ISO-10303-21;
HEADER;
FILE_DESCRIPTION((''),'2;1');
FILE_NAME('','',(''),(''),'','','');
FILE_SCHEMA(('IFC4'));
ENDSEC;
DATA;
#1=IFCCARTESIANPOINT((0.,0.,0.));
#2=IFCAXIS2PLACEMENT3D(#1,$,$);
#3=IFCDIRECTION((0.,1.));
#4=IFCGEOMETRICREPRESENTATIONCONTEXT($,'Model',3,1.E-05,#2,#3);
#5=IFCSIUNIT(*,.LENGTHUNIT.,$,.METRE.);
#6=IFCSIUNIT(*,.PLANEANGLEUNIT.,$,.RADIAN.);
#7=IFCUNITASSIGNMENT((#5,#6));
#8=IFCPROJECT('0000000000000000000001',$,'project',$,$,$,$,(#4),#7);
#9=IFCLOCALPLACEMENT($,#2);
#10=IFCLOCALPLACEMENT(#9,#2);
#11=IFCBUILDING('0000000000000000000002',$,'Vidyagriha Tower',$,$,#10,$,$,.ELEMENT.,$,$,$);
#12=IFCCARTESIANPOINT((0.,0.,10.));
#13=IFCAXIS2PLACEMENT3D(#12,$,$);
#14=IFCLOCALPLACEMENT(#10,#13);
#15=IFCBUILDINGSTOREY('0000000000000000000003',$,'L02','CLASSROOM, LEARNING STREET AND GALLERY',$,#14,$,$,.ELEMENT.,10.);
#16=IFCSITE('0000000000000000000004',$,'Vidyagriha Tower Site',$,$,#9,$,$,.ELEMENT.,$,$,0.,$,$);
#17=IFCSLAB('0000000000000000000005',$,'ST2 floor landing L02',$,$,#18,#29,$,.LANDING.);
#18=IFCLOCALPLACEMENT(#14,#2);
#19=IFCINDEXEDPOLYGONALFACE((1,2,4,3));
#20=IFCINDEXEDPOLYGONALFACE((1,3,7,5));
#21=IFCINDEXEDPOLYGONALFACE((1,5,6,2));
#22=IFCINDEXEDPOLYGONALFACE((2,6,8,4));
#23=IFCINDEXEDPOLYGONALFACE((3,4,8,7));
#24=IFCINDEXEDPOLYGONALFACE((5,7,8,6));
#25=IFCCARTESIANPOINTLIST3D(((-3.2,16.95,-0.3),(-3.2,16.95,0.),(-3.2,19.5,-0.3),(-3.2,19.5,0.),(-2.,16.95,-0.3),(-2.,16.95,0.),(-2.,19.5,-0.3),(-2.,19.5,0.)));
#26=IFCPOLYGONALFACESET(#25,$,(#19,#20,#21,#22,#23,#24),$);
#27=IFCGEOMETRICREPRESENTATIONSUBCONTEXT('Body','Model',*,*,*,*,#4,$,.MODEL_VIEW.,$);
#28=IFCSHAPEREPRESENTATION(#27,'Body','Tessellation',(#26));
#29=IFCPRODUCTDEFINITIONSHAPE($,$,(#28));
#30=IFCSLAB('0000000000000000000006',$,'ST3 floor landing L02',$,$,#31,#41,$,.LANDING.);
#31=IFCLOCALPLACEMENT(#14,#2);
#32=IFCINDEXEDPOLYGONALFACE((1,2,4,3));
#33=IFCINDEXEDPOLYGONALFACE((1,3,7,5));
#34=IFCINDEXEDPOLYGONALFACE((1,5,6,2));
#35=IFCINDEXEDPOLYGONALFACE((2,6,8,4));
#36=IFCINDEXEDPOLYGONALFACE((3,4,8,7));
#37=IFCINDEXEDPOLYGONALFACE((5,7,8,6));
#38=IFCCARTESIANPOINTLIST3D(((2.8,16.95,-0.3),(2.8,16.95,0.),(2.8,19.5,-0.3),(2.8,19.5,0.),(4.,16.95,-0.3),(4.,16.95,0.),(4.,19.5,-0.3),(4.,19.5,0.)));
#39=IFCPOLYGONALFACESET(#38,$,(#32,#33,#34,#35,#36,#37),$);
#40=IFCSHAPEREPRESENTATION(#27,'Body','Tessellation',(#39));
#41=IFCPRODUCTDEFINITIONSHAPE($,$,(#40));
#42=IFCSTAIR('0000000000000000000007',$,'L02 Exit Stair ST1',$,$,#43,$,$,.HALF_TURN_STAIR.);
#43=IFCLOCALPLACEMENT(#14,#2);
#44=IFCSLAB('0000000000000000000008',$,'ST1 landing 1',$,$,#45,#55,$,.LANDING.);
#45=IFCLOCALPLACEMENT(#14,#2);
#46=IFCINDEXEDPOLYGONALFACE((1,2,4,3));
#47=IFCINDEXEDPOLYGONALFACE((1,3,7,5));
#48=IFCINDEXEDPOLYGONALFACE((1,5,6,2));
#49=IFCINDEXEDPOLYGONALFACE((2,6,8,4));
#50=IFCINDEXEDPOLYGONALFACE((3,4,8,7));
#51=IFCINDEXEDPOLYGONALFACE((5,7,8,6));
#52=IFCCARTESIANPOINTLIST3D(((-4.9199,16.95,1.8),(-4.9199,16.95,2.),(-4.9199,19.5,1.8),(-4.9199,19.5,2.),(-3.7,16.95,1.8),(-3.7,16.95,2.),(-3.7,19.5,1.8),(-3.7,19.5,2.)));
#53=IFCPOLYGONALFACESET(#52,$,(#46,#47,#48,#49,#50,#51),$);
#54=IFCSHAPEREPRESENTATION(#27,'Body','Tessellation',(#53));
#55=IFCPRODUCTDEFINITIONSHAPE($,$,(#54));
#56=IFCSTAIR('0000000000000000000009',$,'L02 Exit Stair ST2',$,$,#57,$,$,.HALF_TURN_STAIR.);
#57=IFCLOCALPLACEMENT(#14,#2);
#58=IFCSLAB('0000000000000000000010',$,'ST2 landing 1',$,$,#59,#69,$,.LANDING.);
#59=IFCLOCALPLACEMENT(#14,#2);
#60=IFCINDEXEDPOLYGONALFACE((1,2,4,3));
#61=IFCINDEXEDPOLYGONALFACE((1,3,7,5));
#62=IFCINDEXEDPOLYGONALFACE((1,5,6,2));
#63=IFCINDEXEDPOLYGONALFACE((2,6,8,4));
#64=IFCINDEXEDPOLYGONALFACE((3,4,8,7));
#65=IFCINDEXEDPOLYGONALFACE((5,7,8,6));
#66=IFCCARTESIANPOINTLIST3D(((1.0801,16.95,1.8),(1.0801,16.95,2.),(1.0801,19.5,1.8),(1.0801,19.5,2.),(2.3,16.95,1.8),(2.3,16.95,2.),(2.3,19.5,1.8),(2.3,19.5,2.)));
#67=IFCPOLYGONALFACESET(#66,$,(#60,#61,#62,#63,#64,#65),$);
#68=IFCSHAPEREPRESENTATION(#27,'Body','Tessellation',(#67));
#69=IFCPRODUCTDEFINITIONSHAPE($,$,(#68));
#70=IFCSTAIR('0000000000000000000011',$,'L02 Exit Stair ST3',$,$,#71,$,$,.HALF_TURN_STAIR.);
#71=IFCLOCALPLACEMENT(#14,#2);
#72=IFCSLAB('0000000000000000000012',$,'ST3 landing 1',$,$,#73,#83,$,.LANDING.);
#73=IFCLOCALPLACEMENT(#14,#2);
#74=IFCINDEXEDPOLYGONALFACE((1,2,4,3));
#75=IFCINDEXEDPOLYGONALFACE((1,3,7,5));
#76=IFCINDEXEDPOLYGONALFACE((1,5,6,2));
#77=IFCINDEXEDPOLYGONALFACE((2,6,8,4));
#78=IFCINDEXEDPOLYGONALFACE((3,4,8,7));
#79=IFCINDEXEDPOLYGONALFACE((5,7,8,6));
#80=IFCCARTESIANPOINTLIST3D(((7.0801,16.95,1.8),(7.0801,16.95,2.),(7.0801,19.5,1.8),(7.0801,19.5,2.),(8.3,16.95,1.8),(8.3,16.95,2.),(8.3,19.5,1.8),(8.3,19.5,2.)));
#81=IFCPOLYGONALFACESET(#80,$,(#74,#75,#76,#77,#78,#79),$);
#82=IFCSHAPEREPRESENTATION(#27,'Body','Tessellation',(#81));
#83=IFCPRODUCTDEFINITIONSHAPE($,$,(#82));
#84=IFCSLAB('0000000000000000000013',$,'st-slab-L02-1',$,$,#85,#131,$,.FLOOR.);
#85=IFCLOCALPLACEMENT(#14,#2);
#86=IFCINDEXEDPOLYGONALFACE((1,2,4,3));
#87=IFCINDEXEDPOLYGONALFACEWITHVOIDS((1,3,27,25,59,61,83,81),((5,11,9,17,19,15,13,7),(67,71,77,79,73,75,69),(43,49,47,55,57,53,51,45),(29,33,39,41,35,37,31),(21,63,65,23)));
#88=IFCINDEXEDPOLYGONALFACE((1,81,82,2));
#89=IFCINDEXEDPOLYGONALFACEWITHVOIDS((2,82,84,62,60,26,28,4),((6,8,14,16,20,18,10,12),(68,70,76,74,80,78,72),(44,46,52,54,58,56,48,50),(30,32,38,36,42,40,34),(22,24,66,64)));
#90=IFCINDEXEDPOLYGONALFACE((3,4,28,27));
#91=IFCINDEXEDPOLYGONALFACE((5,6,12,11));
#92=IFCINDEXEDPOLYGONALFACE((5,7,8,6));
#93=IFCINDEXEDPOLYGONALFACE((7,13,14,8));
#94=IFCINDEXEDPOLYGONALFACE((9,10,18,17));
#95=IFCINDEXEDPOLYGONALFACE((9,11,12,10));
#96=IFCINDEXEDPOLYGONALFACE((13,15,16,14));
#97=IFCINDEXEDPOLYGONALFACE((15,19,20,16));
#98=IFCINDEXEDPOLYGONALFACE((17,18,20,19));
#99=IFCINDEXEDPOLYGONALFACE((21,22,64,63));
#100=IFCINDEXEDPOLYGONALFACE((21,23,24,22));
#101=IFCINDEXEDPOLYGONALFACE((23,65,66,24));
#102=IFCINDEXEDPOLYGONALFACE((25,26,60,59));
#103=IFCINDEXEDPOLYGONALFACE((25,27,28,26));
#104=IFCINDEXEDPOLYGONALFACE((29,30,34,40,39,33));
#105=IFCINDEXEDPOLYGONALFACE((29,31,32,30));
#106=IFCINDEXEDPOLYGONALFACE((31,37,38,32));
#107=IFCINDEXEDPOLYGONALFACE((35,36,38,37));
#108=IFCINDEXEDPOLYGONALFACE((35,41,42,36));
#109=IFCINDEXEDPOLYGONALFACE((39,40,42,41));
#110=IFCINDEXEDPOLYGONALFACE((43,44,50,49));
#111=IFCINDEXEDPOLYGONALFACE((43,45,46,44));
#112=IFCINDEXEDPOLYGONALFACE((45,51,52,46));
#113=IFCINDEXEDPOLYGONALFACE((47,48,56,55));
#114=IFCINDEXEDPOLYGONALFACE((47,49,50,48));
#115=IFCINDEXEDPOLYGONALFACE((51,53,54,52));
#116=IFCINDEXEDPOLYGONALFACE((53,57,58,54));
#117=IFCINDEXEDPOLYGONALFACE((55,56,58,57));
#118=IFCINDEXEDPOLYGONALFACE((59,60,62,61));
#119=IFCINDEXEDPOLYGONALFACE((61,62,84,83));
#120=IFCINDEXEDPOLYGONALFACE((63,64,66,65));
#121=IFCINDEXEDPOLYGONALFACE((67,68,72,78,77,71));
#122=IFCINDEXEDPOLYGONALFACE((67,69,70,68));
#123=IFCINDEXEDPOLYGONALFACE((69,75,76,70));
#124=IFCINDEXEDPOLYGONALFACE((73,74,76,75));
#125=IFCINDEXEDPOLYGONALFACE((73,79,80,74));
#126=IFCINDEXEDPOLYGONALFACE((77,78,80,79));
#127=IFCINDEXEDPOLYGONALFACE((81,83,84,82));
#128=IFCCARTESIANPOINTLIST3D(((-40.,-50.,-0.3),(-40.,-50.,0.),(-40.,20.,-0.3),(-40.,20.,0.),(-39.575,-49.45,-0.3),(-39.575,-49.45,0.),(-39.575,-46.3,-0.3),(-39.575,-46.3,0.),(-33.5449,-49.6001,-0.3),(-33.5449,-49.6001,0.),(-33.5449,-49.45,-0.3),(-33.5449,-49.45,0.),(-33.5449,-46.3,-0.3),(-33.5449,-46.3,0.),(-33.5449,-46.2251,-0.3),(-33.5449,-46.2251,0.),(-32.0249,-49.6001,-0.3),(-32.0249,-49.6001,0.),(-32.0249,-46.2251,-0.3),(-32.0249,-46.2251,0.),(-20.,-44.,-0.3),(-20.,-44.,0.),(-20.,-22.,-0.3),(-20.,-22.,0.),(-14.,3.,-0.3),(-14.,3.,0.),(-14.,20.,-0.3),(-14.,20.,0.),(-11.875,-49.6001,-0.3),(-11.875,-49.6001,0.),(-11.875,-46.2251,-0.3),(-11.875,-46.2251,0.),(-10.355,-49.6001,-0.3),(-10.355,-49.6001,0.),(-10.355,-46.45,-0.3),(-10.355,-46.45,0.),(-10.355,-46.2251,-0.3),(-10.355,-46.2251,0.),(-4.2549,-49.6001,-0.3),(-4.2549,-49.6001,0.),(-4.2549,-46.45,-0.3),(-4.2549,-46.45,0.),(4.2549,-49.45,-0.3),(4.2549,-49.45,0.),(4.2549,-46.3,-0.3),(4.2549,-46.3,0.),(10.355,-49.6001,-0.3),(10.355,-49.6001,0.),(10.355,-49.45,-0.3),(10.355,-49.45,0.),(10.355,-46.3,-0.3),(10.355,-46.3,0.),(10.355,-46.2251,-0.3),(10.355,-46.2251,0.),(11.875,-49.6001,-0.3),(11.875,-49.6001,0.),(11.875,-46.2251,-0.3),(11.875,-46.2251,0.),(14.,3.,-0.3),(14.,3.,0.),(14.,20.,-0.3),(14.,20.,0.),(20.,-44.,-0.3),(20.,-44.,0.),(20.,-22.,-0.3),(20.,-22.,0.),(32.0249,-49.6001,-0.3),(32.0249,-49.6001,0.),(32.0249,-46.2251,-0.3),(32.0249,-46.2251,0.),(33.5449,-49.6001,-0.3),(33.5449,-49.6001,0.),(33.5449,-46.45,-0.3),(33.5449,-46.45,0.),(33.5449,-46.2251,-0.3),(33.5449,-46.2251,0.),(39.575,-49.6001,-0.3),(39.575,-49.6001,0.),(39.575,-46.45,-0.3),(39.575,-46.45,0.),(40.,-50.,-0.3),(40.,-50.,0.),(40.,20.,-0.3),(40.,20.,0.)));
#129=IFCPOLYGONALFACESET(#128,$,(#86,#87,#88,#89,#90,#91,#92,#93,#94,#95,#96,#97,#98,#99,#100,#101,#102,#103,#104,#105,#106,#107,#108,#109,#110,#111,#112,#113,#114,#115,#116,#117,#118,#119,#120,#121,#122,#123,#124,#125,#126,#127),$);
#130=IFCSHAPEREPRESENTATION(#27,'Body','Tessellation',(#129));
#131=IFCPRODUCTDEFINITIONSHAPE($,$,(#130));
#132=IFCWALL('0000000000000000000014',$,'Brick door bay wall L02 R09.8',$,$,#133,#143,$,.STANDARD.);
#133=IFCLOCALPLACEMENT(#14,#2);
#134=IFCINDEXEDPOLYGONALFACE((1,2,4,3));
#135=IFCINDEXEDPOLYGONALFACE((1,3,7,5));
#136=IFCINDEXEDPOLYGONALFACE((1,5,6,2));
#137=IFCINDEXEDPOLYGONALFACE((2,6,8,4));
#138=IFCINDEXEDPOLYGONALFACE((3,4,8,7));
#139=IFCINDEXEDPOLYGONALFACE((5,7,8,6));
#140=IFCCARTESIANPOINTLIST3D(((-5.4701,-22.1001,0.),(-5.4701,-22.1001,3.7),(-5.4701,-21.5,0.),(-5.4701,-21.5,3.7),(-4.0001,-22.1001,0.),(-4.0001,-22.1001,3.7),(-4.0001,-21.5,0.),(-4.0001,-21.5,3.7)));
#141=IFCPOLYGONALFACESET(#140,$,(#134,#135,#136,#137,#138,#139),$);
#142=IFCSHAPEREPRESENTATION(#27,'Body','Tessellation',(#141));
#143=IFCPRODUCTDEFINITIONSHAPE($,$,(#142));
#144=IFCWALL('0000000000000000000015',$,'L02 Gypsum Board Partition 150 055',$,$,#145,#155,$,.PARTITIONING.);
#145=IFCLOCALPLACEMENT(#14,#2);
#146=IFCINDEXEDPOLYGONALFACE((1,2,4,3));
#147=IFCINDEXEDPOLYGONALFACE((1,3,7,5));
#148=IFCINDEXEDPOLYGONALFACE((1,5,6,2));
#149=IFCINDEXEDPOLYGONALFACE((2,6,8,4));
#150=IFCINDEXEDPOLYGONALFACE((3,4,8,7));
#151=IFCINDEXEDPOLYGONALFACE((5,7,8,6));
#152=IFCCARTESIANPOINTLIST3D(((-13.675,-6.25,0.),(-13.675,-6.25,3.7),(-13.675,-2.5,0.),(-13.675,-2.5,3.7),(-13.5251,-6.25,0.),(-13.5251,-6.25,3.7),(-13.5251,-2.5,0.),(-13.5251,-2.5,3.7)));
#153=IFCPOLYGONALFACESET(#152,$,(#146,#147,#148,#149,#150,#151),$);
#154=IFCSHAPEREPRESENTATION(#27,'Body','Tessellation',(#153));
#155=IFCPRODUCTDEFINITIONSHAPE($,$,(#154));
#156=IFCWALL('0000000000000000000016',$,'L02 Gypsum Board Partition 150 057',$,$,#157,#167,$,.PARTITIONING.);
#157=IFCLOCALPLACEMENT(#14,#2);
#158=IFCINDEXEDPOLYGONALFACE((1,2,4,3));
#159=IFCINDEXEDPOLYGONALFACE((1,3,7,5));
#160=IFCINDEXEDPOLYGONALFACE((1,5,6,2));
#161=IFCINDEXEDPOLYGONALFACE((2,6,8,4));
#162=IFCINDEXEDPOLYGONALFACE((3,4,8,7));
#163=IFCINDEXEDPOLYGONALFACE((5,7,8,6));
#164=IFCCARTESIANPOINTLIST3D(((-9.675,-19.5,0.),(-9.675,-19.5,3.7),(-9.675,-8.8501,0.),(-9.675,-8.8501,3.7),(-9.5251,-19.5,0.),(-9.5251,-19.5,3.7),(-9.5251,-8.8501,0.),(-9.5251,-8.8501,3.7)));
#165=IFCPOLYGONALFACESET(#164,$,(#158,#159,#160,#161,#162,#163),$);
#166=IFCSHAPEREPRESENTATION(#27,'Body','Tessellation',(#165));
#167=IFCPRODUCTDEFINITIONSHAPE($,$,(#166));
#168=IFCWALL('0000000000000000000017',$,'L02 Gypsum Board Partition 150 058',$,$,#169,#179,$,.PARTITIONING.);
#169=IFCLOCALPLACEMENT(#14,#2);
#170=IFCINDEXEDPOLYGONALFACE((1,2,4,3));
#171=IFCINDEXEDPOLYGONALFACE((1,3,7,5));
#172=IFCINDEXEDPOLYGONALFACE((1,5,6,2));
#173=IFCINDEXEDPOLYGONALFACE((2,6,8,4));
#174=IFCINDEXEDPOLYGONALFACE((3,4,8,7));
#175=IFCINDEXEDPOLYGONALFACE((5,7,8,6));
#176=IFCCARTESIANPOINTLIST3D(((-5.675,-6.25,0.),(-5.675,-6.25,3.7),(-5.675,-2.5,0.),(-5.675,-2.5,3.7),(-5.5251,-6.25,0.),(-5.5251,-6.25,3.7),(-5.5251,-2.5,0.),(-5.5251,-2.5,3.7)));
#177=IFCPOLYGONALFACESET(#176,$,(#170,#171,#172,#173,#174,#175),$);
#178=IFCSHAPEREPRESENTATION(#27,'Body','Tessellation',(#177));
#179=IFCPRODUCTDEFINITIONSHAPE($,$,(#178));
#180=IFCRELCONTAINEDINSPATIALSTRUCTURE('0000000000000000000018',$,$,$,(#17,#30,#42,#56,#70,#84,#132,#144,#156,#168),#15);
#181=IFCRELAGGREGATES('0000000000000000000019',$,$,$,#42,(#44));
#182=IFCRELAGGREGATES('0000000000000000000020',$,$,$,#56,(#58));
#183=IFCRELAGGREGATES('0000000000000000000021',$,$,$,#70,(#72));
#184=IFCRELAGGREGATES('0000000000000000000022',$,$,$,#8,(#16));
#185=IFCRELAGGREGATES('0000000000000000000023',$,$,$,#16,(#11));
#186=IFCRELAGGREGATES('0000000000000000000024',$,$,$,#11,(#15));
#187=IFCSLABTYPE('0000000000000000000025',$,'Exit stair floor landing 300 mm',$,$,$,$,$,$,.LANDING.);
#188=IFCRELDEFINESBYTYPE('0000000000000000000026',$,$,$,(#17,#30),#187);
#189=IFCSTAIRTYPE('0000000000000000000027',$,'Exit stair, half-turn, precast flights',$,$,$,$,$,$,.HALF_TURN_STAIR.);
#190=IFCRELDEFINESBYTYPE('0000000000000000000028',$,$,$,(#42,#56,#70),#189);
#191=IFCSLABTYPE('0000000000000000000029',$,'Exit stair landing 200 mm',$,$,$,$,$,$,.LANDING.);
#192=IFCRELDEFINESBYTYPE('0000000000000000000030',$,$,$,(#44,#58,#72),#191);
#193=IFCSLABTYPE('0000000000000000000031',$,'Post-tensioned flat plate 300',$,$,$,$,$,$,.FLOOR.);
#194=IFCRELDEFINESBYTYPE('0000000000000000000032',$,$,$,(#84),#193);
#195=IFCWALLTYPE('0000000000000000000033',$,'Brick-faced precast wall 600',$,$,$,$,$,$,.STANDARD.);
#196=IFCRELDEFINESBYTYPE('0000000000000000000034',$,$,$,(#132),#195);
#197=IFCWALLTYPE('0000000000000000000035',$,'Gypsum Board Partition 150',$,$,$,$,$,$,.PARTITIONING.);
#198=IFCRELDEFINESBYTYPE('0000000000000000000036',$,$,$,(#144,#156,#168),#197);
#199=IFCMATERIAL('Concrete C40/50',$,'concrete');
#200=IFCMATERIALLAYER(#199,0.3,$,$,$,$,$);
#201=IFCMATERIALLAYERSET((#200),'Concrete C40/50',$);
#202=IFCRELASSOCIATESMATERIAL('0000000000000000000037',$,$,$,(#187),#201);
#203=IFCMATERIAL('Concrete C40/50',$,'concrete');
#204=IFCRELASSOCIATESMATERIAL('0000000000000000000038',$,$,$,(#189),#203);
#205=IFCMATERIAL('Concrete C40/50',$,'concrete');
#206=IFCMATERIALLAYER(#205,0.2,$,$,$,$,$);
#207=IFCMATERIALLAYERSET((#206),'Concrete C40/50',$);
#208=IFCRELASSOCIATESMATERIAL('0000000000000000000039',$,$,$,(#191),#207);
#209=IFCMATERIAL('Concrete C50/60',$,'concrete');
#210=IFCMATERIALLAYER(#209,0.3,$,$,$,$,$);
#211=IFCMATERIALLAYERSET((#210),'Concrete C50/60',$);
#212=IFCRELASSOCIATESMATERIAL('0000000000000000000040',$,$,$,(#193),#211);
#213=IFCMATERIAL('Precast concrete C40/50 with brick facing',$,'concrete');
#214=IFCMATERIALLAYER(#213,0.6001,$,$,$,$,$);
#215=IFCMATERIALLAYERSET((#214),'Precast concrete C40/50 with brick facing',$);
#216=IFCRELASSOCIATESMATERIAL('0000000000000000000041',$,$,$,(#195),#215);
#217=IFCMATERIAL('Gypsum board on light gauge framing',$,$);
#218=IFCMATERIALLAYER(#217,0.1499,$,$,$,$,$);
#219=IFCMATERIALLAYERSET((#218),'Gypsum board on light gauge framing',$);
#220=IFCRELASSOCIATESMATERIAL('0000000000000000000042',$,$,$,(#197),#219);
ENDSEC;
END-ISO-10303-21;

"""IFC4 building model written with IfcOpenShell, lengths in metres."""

from ifc_helpers import new_model, si_unit, direction, frame, frame_2d, origin, place, context, subcontext, project, spatial, polyline, rectangle, outline, extrude, material, layer, layer_set, type_object, element, aggregate, save


model = new_model("IFC4")

# Units and contexts
model_context = context("Model", 3, precision=1e-05, world=origin(), true_north=direction((0.0, 1.0)))
body_context = subcontext(model_context, "Body", "Model", "MODEL_VIEW")
ifc_project = project(units=[si_unit("LENGTHUNIT", "METRE"), si_unit("PLANEANGLEUNIT", "RADIAN")], contexts=[model_context])

# Site, building, storey
site_placement = place(None, origin())
site = spatial("IfcSite", under=ifc_project, at=site_placement, Name="Vidyagriha Tower Site", CompositionType="ELEMENT", RefElevation=0.0)
building_placement = place(site_placement, origin())
building = spatial("IfcBuilding", under=site, at=building_placement, Name="Vidyagriha Tower", CompositionType="ELEMENT")
storey_placement = place(building_placement, frame((0.0, 0.0, 10.0)))
storey = spatial("IfcBuildingStorey", under=building, at=storey_placement, Name="L02", Description="CLASSROOM, LEARNING STREET AND GALLERY", CompositionType="ELEMENT", Elevation=10.0)

# Slabs
ifc_material_1 = material(Name="Concrete C40/50", Category="concrete")
ifc_layer_1 = layer(ifc_material_1, 0.3)
ifc_layer_set_1 = layer_set([ifc_layer_1], Name="Concrete C40/50")
slab_type_1 = type_object("IfcSlabType", Name="Exit stair floor landing 300 mm", PredefinedType="LANDING", material=ifc_layer_set_1)
slab_1_placement = place(storey_placement, frame((0.0, 0.0, -0.3)))
element("IfcSlab", 1, at=slab_1_placement, inside=storey, type_object=slab_type_1, Name="ST2 floor landing L02", PredefinedType="LANDING", context=body_context, shape_type="SweptSolid", body=[
    extrude(outline(polyline([(-3.2, 16.95), (-2.0, 16.95), (-2.0, 19.5), (-3.2, 19.5), (-3.2, 16.95)])), origin(), (0.0, 0.0, 1.0), 0.3),
])
slab_2_placement = place(storey_placement, frame((0.0, 0.0, -0.3)))
element("IfcSlab", 2, at=slab_2_placement, inside=storey, type_object=slab_type_1, Name="ST3 floor landing L02", PredefinedType="LANDING", context=body_context, shape_type="SweptSolid", body=[
    extrude(outline(polyline([(2.8, 16.95), (4.0, 16.95), (4.0, 19.5), (2.8, 19.5), (2.8, 16.95)])), origin(), (0.0, 0.0, 1.0), 0.3),
])

# Stairs, slabs
ifc_material_2 = material(Name="Concrete C40/50", Category="concrete")
stair_type = type_object("IfcStairType", Name="Exit stair, half-turn, precast flights", PredefinedType="HALF_TURN_STAIR", material=ifc_material_2)
stair_1_placement = place(storey_placement, origin())
stair_1 = element("IfcStair", 3, at=stair_1_placement, inside=storey, type_object=stair_type, Name="L02 Exit Stair ST1", PredefinedType="HALF_TURN_STAIR")
ifc_material_3 = material(Name="Concrete C40/50", Category="concrete")
ifc_layer_2 = layer(ifc_material_3, 0.2)
ifc_layer_set_2 = layer_set([ifc_layer_2], Name="Concrete C40/50")
slab_type_2 = type_object("IfcSlabType", Name="Exit stair landing 200 mm", PredefinedType="LANDING", material=ifc_layer_set_2)
slab_3_placement = place(storey_placement, frame((0.0, 0.0, 1.8)))
slab_3 = element("IfcSlab", 4, at=slab_3_placement, type_object=slab_type_2, Name="ST1 landing 1", PredefinedType="LANDING", context=body_context, shape_type="SweptSolid", body=[
    extrude(outline(polyline([(-4.9199, 16.95), (-3.7, 16.95), (-3.7, 19.5), (-4.9199, 19.5), (-4.9199, 16.95)])), origin(), (0.0, 0.0, 1.0), 0.2),
])
aggregate(stair_1, [slab_3])
stair_2_placement = place(storey_placement, origin())
stair_2 = element("IfcStair", 5, at=stair_2_placement, inside=storey, type_object=stair_type, Name="L02 Exit Stair ST2", PredefinedType="HALF_TURN_STAIR")
slab_4_placement = place(storey_placement, frame((0.0, 0.0, 1.8)))
slab_4 = element("IfcSlab", 6, at=slab_4_placement, type_object=slab_type_2, Name="ST2 landing 1", PredefinedType="LANDING", context=body_context, shape_type="SweptSolid", body=[
    extrude(outline(polyline([(1.0801, 16.95), (2.3, 16.95), (2.3, 19.5), (1.0801, 19.5), (1.0801, 16.95)])), origin(), (0.0, 0.0, 1.0), 0.2),
])
aggregate(stair_2, [slab_4])
stair_3_placement = place(storey_placement, origin())
stair_3 = element("IfcStair", 7, at=stair_3_placement, inside=storey, type_object=stair_type, Name="L02 Exit Stair ST3", PredefinedType="HALF_TURN_STAIR")
slab_5_placement = place(storey_placement, frame((0.0, 0.0, 1.8)))
slab_5 = element("IfcSlab", 8, at=slab_5_placement, type_object=slab_type_2, Name="ST3 landing 1", PredefinedType="LANDING", context=body_context, shape_type="SweptSolid", body=[
    extrude(outline(polyline([(7.0801, 16.95), (8.3, 16.95), (8.3, 19.5), (7.0801, 19.5), (7.0801, 16.95)])), origin(), (0.0, 0.0, 1.0), 0.2),
])
aggregate(stair_3, [slab_5])

# Slab
ifc_material_4 = material(Name="Concrete C50/60", Category="concrete")
ifc_layer_3 = layer(ifc_material_4, 0.3)
ifc_layer_set_3 = layer_set([ifc_layer_3], Name="Concrete C50/60")
slab_type_3 = type_object("IfcSlabType", Name="Post-tensioned flat plate 300", PredefinedType="FLOOR", material=ifc_layer_set_3)
slab_6_placement = place(storey_placement, frame((0.0, 0.0, -0.3)))
element("IfcSlab", 9, at=slab_6_placement, inside=storey, type_object=slab_type_3, Name="st-slab-L02-1", PredefinedType="FLOOR", context=body_context, shape_type="SweptSolid", body=[
    extrude(outline(polyline([(-40.0, 20.0), (-14.0, 20.0), (-14.0, 3.0), (14.0, 3.0), (14.0, 20.0), (40.0, 20.0), (40.0, -50.0), (-40.0, -50.0), (-40.0, 20.0)]), holes=[polyline([(-20.0, -22.0), (-20.0, -44.0), (20.0, -44.0), (20.0, -22.0), (-20.0, -22.0)]), polyline([(-33.5449, -46.2251), (-33.5449, -46.3), (-39.575, -46.3), (-39.575, -49.45), (-33.5449, -49.45), (-33.5449, -49.6001), (-32.0249, -49.6001), (-32.0249, -46.2251), (-33.5449, -46.2251)]), polyline([(39.575, -49.6001), (39.575, -46.45), (33.5449, -46.45), (33.5449, -46.2251), (32.0249, -46.2251), (32.0249, -49.6001), (33.5449, -49.6001), (39.575, -49.6001)]), polyline([(-11.875, -49.6001), (-10.355, -49.6001), (-4.2549, -49.6001), (-4.2549, -46.45), (-10.355, -46.45), (-10.355, -46.2251), (-11.875, -46.2251), (-11.875, -49.6001)]), polyline([(4.2549, -46.3), (4.2549, -49.45), (10.355, -49.45), (10.355, -49.6001), (11.875, -49.6001), (11.875, -46.2251), (10.355, -46.2251), (10.355, -46.3), (4.2549, -46.3)])]), origin(), (0.0, 0.0, 1.0), 0.3),
])

# Walls
ifc_material_5 = material(Name="Precast concrete C40/50 with brick facing", Category="concrete")
ifc_layer_4 = layer(ifc_material_5, 0.6001)
ifc_layer_set_4 = layer_set([ifc_layer_4], Name="Precast concrete C40/50 with brick facing")
wall_type_1 = type_object("IfcWallType", Name="Brick-faced precast wall 600", PredefinedType="STANDARD", material=ifc_layer_set_4)
wall_1_placement = place(storey_placement, frame((-5.47, -21.8, 0.0)))
element("IfcWall", 10, at=wall_1_placement, inside=storey, type_object=wall_type_1, Name="Brick door bay wall L02 R09.8", PredefinedType="STANDARD", context=body_context, shape_type="SweptSolid", body=[
    extrude(rectangle(XDim=1.47, YDim=0.6001, at=frame_2d((0.7349, 0.0))), origin(), (0.0, 0.0, 1.0), 3.7),
])
ifc_material_6 = material(Name="Gypsum board on light gauge framing")
ifc_layer_5 = layer(ifc_material_6, 0.1499)
ifc_layer_set_5 = layer_set([ifc_layer_5], Name="Gypsum board on light gauge framing")
wall_type_2 = type_object("IfcWallType", Name="Gypsum Board Partition 150", PredefinedType="PARTITIONING", material=ifc_layer_set_5)
wall_2_placement = place(storey_placement, frame((-13.6001, -6.25, 0.0), z_axis=(0.0, 0.0, 1.0), x_axis=(0.0, 1.0, 0.0)))
element("IfcWall", 11, at=wall_2_placement, inside=storey, type_object=wall_type_2, Name="L02 Gypsum Board Partition 150 055", PredefinedType="PARTITIONING", context=body_context, shape_type="SweptSolid", body=[
    extrude(rectangle(XDim=3.75, YDim=0.1499, at=frame_2d((1.875, 0.0))), origin(), (0.0, 0.0, 1.0), 3.7),
])
wall_3_placement = place(storey_placement, frame((-9.6001, -19.5, 0.0), z_axis=(0.0, 0.0, 1.0), x_axis=(0.0, 1.0, 0.0)))
element("IfcWall", 12, at=wall_3_placement, inside=storey, type_object=wall_type_2, Name="L02 Gypsum Board Partition 150 057", PredefinedType="PARTITIONING", context=body_context, shape_type="SweptSolid", body=[
    extrude(rectangle(XDim=10.6499, YDim=0.1499, at=frame_2d((5.325, 0.0))), origin(), (0.0, 0.0, 1.0), 3.7),
])
wall_4_placement = place(storey_placement, frame((-5.6001, -6.25, 0.0), z_axis=(0.0, 0.0, 1.0), x_axis=(0.0, 1.0, 0.0)))
element("IfcWall", 13, at=wall_4_placement, inside=storey, type_object=wall_type_2, Name="L02 Gypsum Board Partition 150 058", PredefinedType="PARTITIONING", context=body_context, shape_type="SweptSolid", body=[
    extrude(rectangle(XDim=3.75, YDim=0.1499, at=frame_2d((1.875, 0.0))), origin(), (0.0, 0.0, 1.0), 3.7),
])

save(model, "model.ifc")
